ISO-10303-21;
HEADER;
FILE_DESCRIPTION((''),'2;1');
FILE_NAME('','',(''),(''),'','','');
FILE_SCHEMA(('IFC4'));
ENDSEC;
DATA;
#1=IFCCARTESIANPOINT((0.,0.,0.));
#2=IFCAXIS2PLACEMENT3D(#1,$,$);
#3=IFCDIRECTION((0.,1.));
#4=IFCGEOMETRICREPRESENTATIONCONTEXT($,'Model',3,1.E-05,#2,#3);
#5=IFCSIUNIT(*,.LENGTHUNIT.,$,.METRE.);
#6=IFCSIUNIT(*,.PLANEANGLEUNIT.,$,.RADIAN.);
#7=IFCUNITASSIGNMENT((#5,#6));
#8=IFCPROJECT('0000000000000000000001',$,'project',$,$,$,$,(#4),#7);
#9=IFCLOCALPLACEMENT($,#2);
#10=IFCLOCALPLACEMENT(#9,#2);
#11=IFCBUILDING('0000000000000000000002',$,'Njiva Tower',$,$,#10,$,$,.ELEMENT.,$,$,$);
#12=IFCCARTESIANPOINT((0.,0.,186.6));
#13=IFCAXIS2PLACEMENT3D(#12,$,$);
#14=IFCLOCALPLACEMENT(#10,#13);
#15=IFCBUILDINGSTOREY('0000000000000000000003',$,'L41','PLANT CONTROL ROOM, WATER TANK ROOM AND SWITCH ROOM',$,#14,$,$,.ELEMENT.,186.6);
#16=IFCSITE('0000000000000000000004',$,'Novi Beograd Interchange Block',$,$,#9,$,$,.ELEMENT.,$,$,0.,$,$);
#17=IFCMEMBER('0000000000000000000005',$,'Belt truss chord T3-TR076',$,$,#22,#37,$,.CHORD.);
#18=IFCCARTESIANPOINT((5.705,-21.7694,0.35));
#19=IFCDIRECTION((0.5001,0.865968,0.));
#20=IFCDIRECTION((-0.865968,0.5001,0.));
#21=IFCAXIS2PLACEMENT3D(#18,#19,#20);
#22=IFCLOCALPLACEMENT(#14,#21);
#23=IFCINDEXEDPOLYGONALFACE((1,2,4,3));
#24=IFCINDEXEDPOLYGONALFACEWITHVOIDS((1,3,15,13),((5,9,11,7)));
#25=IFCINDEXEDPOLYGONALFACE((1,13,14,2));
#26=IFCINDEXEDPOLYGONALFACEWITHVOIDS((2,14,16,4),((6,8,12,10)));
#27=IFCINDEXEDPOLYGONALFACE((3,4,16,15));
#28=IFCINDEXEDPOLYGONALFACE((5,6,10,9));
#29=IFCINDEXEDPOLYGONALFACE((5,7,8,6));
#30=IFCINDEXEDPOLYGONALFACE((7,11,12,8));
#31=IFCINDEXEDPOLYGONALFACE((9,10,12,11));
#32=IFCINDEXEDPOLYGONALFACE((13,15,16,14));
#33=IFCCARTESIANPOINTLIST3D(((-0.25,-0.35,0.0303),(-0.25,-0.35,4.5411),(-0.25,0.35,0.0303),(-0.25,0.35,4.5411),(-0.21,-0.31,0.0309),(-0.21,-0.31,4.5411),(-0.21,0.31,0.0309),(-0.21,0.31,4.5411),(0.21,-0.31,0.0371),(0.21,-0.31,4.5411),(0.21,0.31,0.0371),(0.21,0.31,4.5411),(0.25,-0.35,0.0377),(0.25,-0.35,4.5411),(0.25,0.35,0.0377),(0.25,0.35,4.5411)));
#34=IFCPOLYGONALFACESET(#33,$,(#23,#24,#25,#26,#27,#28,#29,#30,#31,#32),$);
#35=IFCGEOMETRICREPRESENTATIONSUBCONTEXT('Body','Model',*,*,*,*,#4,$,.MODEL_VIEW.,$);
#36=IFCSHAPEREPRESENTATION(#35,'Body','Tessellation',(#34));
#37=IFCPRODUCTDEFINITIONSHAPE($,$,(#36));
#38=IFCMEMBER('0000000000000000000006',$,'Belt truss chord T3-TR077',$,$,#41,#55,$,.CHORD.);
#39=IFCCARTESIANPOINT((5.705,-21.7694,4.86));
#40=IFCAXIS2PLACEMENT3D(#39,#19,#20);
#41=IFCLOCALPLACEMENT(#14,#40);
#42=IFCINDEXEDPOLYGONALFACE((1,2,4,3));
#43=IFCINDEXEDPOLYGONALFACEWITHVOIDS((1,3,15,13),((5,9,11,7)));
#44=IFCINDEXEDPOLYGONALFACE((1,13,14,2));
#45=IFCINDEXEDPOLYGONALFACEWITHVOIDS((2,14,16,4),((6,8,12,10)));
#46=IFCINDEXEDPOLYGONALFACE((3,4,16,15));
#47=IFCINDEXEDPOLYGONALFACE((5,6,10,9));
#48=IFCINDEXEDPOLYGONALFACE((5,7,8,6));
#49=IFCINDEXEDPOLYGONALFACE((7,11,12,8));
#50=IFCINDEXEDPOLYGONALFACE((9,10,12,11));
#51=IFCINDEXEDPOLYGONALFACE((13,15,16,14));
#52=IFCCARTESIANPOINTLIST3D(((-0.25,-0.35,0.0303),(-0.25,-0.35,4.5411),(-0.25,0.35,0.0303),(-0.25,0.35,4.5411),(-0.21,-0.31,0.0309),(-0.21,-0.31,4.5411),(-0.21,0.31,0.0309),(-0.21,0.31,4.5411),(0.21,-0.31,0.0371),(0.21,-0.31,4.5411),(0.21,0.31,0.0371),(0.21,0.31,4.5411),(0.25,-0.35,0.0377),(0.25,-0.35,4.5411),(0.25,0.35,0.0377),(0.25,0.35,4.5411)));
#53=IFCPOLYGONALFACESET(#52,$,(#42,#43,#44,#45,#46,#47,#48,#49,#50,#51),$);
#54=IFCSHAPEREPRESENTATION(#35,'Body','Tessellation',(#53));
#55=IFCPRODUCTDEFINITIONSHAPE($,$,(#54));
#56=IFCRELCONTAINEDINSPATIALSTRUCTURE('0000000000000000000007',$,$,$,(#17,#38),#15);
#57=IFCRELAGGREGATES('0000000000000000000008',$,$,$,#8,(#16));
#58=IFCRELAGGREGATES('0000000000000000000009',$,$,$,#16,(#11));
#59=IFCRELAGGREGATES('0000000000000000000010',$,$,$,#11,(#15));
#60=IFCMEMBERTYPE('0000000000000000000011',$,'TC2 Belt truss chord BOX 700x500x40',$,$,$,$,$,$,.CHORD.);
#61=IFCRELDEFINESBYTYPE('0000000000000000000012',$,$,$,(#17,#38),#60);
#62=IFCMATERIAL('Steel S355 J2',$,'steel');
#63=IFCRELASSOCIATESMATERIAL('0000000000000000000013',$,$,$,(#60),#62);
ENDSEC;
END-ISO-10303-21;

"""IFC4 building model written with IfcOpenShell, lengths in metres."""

from ifc_helpers import new_model, si_unit, direction, frame, origin, origin_2d, place, context, subcontext, project, spatial, hollow_rectangle, extrude, clip, halfspace, material, material_profile, profile_set, type_object, element, save


model = new_model("IFC4")

# Units and contexts
model_context = context("Model", 3, precision=1e-05, world=origin(), true_north=direction((0.0, 1.0)))
body_context = subcontext(model_context, "Body", "Model", "MODEL_VIEW")
ifc_project = project(units=[si_unit("LENGTHUNIT", "METRE"), si_unit("PLANEANGLEUNIT", "RADIAN")], contexts=[model_context])

# Site, building, storey
site_placement = place(None, origin())
site = spatial("IfcSite", under=ifc_project, at=site_placement, Name="Novi Beograd Interchange Block", CompositionType="ELEMENT", RefElevation=0.0)
building_placement = place(site_placement, origin())
building = spatial("IfcBuilding", under=site, at=building_placement, Name="Njiva Tower", CompositionType="ELEMENT")
storey_placement = place(building_placement, frame((0.0, 0.0, 186.6)))
storey = spatial("IfcBuildingStorey", under=building, at=storey_placement, Name="L41", Description="PLANT CONTROL ROOM, WATER TANK ROOM AND SWITCH ROOM", CompositionType="ELEMENT", Elevation=186.6)

# Shared definitions
ifc_material_1 = material(Name="Steel S355 J2", Category="steel")

# Members
ifc_material_profile_1 = material_profile(ifc_material_1, hollow_rectangle(XDim=0.5, YDim=0.7, WallThickness=0.04, at=origin_2d()), Name="BOX 700x500x40")
ifc_profile_set_1 = profile_set([ifc_material_profile_1], Name="Steel S355 J2")
member_type_1 = type_object("IfcMemberType", Name="TC2 Belt truss chord BOX 700x500x40", PredefinedType="CHORD", material=ifc_profile_set_1)
member_1_placement = place(storey_placement, frame((5.705, -21.7694, 0.35), z_axis=(0.5001, 0.865968, 0.0), x_axis=(-0.865968, 0.5001, 0.0)))
element("IfcMember", 1, at=member_1_placement, inside=storey, type_object=member_type_1, Name="Belt truss chord T3-TR076", PredefinedType="CHORD", context=body_context, shape_type="Clipping", body=[
    clip(extrude(hollow_rectangle(XDim=0.5, YDim=0.7, WallThickness=0.04, at=origin_2d()), origin(), (0.0, 0.0, 1.0), 4.5411), halfspace(frame((0.0, -186.95, 0.034), z_axis=(0.014969, 0.0, -0.999888), x_axis=(0.0, -1.0, 0.0)), False)),
])
member_2_placement = place(storey_placement, frame((5.705, -21.7694, 4.86), z_axis=(0.5001, 0.865968, 0.0), x_axis=(-0.865968, 0.5001, 0.0)))
element("IfcMember", 2, at=member_2_placement, inside=storey, type_object=member_type_1, Name="Belt truss chord T3-TR077", PredefinedType="CHORD", context=body_context, shape_type="Clipping", body=[
    clip(extrude(hollow_rectangle(XDim=0.5, YDim=0.7, WallThickness=0.04, at=origin_2d()), origin(), (0.0, 0.0, 1.0), 4.5411), halfspace(frame((0.0, -191.46, 0.034), z_axis=(0.014969, 0.0, -0.999888), x_axis=(0.0, -1.0, 0.0)), False)),
])

save(model, "model.ifc")
